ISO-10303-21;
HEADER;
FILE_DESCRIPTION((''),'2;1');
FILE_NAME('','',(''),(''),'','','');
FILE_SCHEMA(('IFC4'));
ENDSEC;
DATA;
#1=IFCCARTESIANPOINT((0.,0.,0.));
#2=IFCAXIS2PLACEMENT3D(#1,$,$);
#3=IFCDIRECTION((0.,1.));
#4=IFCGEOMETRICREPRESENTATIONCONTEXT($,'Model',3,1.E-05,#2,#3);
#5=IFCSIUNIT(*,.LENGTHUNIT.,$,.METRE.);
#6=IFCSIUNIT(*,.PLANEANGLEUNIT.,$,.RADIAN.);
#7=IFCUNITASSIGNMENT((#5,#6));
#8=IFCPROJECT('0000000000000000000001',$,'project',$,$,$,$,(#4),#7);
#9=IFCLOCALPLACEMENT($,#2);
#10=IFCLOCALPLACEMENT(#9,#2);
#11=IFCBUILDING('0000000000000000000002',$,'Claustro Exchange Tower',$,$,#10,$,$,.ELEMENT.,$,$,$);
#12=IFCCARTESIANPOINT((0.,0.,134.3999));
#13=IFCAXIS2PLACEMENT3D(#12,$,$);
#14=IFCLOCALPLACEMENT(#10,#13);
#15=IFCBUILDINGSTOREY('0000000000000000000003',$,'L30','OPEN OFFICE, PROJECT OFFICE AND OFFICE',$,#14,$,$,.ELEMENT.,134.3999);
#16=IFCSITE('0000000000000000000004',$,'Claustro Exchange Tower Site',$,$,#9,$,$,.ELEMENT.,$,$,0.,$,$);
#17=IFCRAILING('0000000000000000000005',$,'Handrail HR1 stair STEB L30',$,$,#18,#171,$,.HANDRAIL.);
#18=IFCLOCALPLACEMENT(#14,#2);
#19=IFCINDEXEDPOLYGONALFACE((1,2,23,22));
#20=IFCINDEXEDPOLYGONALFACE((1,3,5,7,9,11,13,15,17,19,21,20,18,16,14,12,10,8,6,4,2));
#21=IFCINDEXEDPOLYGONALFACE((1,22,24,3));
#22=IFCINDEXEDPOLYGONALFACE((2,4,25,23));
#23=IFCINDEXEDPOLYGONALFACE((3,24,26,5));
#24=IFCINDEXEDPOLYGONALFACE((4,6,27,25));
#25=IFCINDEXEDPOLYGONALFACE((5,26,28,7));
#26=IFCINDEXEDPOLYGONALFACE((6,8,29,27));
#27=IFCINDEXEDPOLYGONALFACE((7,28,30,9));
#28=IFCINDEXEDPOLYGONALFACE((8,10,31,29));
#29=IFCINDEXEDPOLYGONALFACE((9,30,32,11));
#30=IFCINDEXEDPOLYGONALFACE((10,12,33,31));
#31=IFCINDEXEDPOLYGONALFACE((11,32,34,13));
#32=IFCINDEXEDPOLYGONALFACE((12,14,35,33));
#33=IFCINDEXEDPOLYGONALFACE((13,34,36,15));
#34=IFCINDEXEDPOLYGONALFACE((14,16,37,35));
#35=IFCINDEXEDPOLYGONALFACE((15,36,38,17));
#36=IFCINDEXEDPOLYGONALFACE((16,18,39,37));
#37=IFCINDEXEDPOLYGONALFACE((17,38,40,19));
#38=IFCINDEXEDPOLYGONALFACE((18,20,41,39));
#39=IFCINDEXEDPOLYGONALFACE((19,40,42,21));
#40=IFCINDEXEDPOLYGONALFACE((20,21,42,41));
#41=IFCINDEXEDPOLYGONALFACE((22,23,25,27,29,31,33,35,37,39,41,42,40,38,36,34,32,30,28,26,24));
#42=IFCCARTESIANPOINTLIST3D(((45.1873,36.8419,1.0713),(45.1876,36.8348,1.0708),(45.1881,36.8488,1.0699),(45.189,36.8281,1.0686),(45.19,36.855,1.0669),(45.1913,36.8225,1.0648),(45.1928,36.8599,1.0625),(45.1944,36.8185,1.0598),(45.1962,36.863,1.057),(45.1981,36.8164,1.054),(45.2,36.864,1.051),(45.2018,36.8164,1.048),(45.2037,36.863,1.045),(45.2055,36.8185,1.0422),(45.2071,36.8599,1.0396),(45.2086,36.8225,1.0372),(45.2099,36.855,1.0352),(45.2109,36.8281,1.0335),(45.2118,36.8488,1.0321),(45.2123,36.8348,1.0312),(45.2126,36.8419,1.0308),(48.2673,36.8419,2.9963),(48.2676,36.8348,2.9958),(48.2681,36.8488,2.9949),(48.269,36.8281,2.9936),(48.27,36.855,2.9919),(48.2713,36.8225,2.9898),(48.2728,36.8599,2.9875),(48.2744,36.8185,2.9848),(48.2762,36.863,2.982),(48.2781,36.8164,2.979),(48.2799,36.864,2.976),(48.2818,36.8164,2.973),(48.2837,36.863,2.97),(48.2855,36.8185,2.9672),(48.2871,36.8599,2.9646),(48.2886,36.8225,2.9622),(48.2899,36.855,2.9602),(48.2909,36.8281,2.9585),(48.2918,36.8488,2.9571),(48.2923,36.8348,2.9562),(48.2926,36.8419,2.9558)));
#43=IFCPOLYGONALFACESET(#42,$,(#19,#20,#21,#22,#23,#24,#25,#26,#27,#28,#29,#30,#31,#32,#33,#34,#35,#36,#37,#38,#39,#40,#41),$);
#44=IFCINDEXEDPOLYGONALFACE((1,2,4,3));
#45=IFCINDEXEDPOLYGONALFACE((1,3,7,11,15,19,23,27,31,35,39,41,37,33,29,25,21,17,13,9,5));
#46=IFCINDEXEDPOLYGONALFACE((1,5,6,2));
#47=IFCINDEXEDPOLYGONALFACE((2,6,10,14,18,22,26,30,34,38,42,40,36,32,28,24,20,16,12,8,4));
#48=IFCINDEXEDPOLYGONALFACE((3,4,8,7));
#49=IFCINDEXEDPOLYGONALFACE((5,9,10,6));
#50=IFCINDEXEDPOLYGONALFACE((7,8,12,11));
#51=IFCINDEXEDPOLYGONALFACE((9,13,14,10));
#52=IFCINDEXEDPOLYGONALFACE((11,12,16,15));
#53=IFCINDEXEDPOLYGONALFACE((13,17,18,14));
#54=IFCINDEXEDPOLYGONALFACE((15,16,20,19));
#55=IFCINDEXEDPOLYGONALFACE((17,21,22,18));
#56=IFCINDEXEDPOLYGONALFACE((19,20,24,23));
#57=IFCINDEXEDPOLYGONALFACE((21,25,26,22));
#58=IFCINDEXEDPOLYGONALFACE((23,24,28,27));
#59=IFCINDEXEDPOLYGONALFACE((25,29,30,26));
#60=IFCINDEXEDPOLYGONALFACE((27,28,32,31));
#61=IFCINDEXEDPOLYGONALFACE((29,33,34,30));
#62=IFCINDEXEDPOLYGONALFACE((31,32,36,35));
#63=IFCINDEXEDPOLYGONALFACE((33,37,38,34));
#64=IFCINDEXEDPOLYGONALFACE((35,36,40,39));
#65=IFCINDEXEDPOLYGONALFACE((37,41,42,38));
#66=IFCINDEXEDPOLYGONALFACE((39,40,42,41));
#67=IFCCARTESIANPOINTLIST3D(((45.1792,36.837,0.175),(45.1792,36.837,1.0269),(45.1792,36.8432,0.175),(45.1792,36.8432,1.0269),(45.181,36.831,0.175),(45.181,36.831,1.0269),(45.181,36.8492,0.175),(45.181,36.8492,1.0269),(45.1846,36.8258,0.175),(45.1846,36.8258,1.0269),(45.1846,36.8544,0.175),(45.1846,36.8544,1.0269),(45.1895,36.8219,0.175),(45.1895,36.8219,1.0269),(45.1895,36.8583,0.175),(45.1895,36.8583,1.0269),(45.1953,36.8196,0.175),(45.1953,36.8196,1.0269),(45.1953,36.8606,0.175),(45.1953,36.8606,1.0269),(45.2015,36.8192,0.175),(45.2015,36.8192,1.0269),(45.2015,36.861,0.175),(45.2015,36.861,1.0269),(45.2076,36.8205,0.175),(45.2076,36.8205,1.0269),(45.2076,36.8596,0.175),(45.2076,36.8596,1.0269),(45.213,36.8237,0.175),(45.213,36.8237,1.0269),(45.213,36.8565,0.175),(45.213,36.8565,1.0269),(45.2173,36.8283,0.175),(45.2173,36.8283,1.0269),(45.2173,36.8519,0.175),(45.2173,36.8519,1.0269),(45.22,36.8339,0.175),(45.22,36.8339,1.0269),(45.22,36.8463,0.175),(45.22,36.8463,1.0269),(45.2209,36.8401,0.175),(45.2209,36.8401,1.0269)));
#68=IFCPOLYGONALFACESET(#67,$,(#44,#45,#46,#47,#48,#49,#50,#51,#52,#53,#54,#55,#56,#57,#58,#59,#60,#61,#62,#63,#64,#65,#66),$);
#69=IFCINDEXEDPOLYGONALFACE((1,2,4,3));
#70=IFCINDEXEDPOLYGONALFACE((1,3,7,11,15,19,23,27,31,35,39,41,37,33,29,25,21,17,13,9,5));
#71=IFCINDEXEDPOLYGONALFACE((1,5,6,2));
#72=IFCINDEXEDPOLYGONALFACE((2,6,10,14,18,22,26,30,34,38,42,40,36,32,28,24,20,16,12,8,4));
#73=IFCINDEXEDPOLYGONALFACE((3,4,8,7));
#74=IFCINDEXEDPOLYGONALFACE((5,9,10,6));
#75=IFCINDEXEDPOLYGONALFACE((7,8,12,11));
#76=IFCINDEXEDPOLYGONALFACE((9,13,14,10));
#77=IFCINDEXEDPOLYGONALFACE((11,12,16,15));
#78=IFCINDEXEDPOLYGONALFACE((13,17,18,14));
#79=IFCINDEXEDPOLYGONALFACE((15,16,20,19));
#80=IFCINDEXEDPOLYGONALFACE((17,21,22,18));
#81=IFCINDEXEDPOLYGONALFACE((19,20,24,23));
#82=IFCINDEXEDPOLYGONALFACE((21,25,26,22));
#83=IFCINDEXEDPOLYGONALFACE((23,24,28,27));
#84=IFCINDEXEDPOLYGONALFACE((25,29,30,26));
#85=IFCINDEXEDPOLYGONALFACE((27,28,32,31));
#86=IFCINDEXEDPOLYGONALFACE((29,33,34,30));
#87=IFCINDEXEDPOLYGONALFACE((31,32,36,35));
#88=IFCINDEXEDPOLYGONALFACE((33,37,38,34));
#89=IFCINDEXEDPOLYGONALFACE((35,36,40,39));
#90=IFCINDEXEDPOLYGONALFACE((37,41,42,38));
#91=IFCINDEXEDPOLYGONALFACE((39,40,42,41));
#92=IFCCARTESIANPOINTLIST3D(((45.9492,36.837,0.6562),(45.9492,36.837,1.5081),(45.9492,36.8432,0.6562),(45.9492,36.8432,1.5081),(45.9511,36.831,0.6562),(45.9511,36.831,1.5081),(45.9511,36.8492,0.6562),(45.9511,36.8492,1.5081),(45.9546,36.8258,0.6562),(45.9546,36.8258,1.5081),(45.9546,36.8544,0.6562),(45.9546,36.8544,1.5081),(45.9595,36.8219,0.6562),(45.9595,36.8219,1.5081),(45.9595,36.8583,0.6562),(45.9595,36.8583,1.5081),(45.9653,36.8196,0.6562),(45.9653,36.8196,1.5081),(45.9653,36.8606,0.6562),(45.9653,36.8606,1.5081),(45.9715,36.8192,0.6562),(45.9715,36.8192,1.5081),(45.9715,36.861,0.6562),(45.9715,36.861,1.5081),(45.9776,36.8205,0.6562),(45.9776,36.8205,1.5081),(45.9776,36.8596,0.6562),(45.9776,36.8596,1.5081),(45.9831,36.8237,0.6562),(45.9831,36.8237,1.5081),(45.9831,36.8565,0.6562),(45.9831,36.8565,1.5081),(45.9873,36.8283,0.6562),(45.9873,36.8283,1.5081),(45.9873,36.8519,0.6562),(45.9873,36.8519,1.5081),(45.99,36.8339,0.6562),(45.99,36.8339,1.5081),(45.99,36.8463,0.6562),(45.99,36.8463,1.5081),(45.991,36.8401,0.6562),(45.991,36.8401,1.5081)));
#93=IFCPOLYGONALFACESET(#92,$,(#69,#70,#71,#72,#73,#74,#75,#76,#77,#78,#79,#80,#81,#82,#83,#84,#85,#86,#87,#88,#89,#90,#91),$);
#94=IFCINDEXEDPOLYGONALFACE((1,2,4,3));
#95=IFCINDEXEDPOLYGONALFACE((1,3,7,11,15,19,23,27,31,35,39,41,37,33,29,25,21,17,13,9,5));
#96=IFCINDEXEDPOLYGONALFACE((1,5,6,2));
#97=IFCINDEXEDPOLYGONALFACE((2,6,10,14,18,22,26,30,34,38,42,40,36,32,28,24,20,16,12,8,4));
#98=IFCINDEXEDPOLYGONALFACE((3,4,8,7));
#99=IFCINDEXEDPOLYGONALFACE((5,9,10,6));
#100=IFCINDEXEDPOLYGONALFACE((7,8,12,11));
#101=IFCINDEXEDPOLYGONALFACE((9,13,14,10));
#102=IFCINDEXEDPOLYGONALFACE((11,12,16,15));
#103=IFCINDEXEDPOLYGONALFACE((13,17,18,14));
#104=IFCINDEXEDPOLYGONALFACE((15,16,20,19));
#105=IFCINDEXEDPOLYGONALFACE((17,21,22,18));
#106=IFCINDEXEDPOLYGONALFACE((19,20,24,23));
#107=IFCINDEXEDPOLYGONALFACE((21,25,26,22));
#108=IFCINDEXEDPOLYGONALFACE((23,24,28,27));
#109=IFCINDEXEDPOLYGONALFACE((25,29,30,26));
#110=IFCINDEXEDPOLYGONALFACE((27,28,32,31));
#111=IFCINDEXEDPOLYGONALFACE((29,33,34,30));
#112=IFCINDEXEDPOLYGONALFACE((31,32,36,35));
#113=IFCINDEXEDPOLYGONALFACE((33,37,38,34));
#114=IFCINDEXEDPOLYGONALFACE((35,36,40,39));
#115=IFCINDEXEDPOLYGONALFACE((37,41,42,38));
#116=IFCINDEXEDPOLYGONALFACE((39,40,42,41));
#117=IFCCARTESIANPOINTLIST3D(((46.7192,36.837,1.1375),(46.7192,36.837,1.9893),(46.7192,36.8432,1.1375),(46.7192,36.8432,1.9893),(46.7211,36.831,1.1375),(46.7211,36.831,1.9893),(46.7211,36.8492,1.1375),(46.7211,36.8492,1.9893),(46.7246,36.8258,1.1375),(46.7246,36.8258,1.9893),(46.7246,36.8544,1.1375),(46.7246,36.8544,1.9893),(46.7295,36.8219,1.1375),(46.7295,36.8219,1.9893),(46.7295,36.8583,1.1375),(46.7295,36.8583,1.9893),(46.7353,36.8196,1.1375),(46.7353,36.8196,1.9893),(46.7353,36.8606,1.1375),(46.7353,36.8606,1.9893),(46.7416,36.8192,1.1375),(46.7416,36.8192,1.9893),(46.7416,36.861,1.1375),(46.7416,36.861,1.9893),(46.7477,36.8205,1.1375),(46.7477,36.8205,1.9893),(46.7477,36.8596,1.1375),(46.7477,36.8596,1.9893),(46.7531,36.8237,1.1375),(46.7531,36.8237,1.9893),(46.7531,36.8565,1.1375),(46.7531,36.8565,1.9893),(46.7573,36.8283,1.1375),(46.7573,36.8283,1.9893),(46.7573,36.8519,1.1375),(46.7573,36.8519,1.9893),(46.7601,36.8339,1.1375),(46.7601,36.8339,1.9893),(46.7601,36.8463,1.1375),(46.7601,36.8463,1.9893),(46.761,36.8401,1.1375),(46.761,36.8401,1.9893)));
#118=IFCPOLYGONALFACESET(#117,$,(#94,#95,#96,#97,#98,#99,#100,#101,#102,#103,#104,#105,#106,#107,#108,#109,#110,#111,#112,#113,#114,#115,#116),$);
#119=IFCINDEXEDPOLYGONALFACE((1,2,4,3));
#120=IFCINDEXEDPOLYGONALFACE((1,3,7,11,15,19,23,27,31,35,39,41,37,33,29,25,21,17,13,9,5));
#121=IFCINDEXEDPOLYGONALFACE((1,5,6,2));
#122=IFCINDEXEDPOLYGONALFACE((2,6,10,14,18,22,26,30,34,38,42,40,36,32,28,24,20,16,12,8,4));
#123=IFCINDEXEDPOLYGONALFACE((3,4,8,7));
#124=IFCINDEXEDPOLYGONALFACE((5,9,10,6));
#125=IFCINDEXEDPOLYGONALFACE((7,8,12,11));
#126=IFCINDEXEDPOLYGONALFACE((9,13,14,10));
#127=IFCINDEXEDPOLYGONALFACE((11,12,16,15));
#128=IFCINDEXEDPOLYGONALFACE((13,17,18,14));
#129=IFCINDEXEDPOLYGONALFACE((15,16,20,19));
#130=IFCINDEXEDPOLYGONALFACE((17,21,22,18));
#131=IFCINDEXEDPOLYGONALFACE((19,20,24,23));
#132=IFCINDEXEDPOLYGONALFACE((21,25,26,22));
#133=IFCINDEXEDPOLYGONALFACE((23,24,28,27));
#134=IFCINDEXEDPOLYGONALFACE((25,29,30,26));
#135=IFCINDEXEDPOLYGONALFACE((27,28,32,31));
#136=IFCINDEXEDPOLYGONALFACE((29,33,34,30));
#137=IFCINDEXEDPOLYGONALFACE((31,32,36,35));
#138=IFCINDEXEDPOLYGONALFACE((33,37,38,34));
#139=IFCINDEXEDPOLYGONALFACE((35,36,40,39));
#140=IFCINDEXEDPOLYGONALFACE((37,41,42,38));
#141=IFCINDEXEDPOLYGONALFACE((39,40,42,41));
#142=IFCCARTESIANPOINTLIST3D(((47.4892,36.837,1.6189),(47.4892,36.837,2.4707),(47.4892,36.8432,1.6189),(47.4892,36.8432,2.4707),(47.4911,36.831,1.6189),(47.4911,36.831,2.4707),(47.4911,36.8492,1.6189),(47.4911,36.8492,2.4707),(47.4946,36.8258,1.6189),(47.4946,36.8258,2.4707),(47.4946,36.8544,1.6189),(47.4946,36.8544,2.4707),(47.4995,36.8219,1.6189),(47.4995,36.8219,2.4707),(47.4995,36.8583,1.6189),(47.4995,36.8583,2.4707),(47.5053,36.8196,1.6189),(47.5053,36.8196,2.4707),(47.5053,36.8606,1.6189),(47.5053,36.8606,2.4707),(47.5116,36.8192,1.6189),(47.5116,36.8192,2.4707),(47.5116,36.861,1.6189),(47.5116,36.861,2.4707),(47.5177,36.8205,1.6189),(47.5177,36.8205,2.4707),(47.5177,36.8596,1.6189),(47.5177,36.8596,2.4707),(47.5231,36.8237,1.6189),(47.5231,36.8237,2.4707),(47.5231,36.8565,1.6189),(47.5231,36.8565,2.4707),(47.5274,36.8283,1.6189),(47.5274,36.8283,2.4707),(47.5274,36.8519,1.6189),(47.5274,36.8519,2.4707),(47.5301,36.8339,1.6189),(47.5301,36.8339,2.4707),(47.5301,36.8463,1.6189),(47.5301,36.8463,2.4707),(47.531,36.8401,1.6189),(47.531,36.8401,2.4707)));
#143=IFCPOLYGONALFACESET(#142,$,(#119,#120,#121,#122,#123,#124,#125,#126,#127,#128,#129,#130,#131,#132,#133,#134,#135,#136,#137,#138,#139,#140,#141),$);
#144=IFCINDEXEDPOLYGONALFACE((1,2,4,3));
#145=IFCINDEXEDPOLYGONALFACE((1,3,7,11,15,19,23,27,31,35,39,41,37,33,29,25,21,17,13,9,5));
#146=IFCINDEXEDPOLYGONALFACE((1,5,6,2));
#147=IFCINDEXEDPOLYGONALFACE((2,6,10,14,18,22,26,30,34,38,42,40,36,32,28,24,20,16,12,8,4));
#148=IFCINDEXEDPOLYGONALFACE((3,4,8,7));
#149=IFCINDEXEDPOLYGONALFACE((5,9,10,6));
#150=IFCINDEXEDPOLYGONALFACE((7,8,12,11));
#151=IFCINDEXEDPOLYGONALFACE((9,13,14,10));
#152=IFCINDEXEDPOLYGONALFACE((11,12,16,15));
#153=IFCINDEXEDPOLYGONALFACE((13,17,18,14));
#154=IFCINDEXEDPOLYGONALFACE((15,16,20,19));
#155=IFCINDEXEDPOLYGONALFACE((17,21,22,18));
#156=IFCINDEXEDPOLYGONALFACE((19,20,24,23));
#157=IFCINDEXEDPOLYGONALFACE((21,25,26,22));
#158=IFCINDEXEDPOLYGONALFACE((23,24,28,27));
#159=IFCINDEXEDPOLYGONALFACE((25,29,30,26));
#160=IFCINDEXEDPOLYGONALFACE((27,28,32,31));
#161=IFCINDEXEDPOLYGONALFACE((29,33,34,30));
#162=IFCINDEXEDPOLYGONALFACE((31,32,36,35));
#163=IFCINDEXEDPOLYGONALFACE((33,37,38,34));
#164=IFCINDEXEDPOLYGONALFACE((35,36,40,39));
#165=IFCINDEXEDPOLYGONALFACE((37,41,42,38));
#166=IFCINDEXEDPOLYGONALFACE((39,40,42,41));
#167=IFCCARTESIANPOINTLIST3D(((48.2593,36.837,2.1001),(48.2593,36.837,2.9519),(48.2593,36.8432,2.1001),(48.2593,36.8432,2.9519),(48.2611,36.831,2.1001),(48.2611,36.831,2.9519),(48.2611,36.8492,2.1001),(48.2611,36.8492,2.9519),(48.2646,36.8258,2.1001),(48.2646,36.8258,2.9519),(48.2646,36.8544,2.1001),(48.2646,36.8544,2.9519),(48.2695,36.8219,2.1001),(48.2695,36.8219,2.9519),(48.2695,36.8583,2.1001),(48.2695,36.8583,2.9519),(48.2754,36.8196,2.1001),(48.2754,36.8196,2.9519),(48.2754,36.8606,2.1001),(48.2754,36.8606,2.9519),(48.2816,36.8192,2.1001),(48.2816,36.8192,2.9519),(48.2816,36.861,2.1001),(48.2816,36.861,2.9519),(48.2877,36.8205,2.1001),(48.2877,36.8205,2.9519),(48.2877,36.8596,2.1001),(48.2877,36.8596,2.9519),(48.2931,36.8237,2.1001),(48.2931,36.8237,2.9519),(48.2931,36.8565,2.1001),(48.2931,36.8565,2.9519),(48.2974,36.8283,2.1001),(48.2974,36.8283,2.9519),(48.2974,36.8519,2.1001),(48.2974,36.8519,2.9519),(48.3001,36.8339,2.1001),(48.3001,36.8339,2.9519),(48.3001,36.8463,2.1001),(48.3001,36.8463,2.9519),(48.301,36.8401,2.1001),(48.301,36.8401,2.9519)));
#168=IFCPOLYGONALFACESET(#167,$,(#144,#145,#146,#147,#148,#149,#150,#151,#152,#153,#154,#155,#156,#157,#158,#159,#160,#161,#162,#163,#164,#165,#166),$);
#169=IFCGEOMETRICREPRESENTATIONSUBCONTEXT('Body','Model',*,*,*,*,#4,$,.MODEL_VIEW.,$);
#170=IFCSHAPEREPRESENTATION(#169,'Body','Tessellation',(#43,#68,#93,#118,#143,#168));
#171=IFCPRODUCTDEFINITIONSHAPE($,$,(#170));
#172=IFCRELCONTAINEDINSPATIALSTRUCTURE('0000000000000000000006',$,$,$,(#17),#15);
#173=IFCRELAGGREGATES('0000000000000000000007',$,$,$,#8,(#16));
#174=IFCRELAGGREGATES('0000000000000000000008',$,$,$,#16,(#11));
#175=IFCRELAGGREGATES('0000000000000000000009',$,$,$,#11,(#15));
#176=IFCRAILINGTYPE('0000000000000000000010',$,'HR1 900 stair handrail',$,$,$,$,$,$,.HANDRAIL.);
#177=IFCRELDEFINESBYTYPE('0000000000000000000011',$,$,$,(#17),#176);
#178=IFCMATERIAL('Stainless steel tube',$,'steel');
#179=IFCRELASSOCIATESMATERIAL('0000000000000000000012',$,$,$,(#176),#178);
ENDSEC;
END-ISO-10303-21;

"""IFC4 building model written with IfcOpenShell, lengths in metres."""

from ifc_helpers import new_model, si_unit, direction, frame, origin, origin_2d, place, context, subcontext, project, spatial, circle, extrude, material, type_object, element, save


model = new_model("IFC4")

# Units and contexts
model_context = context("Model", 3, precision=1e-05, world=origin(), true_north=direction((0.0, 1.0)))
body_context = subcontext(model_context, "Body", "Model", "MODEL_VIEW")
ifc_project = project(units=[si_unit("LENGTHUNIT", "METRE"), si_unit("PLANEANGLEUNIT", "RADIAN")], contexts=[model_context])

# Site, building, storey
site_placement = place(None, origin())
site = spatial("IfcSite", under=ifc_project, at=site_placement, Name="Claustro Exchange Tower Site", CompositionType="ELEMENT", RefElevation=0.0)
building_placement = place(site_placement, origin())
building = spatial("IfcBuilding", under=site, at=building_placement, Name="Claustro Exchange Tower", CompositionType="ELEMENT")
storey_placement = place(building_placement, frame((0.0, 0.0, 134.3999)))
storey = spatial("IfcBuildingStorey", under=building, at=storey_placement, Name="L30", Description="OPEN OFFICE, PROJECT OFFICE AND OFFICE", CompositionType="ELEMENT", Elevation=134.3999)

# Railing
ifc_material_1 = material(Name="Stainless steel tube", Category="steel")
railing_type_1 = type_object("IfcRailingType", Name="HR1 900 stair handrail", PredefinedType="HANDRAIL", material=ifc_material_1)
railing_1_placement = place(storey_placement, frame((45.2, 36.8401, 0.175)))
element("IfcRailing", 1, at=railing_1_placement, inside=storey, type_object=railing_type_1, Name="Handrail HR1 stair STEB L30", PredefinedType="HANDRAIL", context=body_context, shape_type="SweptSolid", body=[
    extrude(circle(Radius=0.0239, at=origin_2d()), frame((0.0, 0.0, 0.876), z_axis=(0.847998, 0.0, 0.529999), x_axis=(0.0, 1.0, 0.0)), (0.0, 0.0, 1.0), 3.6321),
    extrude(circle(Radius=0.021, at=origin_2d()), origin(), (0.0, 0.0, 1.0), 0.8518),
    extrude(circle(Radius=0.021, at=origin_2d()), frame((0.77, 0.0, 0.4812)), (0.0, 0.0, 1.0), 0.8518),
    extrude(circle(Radius=0.021, at=origin_2d()), frame((1.54, 0.0, 0.9624)), (0.0, 0.0, 1.0), 0.8518),
    extrude(circle(Radius=0.021, at=origin_2d()), frame((2.3101, 0.0, 1.4438)), (0.0, 0.0, 1.0), 0.8518),
    extrude(circle(Radius=0.021, at=origin_2d()), frame((3.0801, 0.0, 1.925)), (0.0, 0.0, 1.0), 0.8518),
])

save(model, "model.ifc")
